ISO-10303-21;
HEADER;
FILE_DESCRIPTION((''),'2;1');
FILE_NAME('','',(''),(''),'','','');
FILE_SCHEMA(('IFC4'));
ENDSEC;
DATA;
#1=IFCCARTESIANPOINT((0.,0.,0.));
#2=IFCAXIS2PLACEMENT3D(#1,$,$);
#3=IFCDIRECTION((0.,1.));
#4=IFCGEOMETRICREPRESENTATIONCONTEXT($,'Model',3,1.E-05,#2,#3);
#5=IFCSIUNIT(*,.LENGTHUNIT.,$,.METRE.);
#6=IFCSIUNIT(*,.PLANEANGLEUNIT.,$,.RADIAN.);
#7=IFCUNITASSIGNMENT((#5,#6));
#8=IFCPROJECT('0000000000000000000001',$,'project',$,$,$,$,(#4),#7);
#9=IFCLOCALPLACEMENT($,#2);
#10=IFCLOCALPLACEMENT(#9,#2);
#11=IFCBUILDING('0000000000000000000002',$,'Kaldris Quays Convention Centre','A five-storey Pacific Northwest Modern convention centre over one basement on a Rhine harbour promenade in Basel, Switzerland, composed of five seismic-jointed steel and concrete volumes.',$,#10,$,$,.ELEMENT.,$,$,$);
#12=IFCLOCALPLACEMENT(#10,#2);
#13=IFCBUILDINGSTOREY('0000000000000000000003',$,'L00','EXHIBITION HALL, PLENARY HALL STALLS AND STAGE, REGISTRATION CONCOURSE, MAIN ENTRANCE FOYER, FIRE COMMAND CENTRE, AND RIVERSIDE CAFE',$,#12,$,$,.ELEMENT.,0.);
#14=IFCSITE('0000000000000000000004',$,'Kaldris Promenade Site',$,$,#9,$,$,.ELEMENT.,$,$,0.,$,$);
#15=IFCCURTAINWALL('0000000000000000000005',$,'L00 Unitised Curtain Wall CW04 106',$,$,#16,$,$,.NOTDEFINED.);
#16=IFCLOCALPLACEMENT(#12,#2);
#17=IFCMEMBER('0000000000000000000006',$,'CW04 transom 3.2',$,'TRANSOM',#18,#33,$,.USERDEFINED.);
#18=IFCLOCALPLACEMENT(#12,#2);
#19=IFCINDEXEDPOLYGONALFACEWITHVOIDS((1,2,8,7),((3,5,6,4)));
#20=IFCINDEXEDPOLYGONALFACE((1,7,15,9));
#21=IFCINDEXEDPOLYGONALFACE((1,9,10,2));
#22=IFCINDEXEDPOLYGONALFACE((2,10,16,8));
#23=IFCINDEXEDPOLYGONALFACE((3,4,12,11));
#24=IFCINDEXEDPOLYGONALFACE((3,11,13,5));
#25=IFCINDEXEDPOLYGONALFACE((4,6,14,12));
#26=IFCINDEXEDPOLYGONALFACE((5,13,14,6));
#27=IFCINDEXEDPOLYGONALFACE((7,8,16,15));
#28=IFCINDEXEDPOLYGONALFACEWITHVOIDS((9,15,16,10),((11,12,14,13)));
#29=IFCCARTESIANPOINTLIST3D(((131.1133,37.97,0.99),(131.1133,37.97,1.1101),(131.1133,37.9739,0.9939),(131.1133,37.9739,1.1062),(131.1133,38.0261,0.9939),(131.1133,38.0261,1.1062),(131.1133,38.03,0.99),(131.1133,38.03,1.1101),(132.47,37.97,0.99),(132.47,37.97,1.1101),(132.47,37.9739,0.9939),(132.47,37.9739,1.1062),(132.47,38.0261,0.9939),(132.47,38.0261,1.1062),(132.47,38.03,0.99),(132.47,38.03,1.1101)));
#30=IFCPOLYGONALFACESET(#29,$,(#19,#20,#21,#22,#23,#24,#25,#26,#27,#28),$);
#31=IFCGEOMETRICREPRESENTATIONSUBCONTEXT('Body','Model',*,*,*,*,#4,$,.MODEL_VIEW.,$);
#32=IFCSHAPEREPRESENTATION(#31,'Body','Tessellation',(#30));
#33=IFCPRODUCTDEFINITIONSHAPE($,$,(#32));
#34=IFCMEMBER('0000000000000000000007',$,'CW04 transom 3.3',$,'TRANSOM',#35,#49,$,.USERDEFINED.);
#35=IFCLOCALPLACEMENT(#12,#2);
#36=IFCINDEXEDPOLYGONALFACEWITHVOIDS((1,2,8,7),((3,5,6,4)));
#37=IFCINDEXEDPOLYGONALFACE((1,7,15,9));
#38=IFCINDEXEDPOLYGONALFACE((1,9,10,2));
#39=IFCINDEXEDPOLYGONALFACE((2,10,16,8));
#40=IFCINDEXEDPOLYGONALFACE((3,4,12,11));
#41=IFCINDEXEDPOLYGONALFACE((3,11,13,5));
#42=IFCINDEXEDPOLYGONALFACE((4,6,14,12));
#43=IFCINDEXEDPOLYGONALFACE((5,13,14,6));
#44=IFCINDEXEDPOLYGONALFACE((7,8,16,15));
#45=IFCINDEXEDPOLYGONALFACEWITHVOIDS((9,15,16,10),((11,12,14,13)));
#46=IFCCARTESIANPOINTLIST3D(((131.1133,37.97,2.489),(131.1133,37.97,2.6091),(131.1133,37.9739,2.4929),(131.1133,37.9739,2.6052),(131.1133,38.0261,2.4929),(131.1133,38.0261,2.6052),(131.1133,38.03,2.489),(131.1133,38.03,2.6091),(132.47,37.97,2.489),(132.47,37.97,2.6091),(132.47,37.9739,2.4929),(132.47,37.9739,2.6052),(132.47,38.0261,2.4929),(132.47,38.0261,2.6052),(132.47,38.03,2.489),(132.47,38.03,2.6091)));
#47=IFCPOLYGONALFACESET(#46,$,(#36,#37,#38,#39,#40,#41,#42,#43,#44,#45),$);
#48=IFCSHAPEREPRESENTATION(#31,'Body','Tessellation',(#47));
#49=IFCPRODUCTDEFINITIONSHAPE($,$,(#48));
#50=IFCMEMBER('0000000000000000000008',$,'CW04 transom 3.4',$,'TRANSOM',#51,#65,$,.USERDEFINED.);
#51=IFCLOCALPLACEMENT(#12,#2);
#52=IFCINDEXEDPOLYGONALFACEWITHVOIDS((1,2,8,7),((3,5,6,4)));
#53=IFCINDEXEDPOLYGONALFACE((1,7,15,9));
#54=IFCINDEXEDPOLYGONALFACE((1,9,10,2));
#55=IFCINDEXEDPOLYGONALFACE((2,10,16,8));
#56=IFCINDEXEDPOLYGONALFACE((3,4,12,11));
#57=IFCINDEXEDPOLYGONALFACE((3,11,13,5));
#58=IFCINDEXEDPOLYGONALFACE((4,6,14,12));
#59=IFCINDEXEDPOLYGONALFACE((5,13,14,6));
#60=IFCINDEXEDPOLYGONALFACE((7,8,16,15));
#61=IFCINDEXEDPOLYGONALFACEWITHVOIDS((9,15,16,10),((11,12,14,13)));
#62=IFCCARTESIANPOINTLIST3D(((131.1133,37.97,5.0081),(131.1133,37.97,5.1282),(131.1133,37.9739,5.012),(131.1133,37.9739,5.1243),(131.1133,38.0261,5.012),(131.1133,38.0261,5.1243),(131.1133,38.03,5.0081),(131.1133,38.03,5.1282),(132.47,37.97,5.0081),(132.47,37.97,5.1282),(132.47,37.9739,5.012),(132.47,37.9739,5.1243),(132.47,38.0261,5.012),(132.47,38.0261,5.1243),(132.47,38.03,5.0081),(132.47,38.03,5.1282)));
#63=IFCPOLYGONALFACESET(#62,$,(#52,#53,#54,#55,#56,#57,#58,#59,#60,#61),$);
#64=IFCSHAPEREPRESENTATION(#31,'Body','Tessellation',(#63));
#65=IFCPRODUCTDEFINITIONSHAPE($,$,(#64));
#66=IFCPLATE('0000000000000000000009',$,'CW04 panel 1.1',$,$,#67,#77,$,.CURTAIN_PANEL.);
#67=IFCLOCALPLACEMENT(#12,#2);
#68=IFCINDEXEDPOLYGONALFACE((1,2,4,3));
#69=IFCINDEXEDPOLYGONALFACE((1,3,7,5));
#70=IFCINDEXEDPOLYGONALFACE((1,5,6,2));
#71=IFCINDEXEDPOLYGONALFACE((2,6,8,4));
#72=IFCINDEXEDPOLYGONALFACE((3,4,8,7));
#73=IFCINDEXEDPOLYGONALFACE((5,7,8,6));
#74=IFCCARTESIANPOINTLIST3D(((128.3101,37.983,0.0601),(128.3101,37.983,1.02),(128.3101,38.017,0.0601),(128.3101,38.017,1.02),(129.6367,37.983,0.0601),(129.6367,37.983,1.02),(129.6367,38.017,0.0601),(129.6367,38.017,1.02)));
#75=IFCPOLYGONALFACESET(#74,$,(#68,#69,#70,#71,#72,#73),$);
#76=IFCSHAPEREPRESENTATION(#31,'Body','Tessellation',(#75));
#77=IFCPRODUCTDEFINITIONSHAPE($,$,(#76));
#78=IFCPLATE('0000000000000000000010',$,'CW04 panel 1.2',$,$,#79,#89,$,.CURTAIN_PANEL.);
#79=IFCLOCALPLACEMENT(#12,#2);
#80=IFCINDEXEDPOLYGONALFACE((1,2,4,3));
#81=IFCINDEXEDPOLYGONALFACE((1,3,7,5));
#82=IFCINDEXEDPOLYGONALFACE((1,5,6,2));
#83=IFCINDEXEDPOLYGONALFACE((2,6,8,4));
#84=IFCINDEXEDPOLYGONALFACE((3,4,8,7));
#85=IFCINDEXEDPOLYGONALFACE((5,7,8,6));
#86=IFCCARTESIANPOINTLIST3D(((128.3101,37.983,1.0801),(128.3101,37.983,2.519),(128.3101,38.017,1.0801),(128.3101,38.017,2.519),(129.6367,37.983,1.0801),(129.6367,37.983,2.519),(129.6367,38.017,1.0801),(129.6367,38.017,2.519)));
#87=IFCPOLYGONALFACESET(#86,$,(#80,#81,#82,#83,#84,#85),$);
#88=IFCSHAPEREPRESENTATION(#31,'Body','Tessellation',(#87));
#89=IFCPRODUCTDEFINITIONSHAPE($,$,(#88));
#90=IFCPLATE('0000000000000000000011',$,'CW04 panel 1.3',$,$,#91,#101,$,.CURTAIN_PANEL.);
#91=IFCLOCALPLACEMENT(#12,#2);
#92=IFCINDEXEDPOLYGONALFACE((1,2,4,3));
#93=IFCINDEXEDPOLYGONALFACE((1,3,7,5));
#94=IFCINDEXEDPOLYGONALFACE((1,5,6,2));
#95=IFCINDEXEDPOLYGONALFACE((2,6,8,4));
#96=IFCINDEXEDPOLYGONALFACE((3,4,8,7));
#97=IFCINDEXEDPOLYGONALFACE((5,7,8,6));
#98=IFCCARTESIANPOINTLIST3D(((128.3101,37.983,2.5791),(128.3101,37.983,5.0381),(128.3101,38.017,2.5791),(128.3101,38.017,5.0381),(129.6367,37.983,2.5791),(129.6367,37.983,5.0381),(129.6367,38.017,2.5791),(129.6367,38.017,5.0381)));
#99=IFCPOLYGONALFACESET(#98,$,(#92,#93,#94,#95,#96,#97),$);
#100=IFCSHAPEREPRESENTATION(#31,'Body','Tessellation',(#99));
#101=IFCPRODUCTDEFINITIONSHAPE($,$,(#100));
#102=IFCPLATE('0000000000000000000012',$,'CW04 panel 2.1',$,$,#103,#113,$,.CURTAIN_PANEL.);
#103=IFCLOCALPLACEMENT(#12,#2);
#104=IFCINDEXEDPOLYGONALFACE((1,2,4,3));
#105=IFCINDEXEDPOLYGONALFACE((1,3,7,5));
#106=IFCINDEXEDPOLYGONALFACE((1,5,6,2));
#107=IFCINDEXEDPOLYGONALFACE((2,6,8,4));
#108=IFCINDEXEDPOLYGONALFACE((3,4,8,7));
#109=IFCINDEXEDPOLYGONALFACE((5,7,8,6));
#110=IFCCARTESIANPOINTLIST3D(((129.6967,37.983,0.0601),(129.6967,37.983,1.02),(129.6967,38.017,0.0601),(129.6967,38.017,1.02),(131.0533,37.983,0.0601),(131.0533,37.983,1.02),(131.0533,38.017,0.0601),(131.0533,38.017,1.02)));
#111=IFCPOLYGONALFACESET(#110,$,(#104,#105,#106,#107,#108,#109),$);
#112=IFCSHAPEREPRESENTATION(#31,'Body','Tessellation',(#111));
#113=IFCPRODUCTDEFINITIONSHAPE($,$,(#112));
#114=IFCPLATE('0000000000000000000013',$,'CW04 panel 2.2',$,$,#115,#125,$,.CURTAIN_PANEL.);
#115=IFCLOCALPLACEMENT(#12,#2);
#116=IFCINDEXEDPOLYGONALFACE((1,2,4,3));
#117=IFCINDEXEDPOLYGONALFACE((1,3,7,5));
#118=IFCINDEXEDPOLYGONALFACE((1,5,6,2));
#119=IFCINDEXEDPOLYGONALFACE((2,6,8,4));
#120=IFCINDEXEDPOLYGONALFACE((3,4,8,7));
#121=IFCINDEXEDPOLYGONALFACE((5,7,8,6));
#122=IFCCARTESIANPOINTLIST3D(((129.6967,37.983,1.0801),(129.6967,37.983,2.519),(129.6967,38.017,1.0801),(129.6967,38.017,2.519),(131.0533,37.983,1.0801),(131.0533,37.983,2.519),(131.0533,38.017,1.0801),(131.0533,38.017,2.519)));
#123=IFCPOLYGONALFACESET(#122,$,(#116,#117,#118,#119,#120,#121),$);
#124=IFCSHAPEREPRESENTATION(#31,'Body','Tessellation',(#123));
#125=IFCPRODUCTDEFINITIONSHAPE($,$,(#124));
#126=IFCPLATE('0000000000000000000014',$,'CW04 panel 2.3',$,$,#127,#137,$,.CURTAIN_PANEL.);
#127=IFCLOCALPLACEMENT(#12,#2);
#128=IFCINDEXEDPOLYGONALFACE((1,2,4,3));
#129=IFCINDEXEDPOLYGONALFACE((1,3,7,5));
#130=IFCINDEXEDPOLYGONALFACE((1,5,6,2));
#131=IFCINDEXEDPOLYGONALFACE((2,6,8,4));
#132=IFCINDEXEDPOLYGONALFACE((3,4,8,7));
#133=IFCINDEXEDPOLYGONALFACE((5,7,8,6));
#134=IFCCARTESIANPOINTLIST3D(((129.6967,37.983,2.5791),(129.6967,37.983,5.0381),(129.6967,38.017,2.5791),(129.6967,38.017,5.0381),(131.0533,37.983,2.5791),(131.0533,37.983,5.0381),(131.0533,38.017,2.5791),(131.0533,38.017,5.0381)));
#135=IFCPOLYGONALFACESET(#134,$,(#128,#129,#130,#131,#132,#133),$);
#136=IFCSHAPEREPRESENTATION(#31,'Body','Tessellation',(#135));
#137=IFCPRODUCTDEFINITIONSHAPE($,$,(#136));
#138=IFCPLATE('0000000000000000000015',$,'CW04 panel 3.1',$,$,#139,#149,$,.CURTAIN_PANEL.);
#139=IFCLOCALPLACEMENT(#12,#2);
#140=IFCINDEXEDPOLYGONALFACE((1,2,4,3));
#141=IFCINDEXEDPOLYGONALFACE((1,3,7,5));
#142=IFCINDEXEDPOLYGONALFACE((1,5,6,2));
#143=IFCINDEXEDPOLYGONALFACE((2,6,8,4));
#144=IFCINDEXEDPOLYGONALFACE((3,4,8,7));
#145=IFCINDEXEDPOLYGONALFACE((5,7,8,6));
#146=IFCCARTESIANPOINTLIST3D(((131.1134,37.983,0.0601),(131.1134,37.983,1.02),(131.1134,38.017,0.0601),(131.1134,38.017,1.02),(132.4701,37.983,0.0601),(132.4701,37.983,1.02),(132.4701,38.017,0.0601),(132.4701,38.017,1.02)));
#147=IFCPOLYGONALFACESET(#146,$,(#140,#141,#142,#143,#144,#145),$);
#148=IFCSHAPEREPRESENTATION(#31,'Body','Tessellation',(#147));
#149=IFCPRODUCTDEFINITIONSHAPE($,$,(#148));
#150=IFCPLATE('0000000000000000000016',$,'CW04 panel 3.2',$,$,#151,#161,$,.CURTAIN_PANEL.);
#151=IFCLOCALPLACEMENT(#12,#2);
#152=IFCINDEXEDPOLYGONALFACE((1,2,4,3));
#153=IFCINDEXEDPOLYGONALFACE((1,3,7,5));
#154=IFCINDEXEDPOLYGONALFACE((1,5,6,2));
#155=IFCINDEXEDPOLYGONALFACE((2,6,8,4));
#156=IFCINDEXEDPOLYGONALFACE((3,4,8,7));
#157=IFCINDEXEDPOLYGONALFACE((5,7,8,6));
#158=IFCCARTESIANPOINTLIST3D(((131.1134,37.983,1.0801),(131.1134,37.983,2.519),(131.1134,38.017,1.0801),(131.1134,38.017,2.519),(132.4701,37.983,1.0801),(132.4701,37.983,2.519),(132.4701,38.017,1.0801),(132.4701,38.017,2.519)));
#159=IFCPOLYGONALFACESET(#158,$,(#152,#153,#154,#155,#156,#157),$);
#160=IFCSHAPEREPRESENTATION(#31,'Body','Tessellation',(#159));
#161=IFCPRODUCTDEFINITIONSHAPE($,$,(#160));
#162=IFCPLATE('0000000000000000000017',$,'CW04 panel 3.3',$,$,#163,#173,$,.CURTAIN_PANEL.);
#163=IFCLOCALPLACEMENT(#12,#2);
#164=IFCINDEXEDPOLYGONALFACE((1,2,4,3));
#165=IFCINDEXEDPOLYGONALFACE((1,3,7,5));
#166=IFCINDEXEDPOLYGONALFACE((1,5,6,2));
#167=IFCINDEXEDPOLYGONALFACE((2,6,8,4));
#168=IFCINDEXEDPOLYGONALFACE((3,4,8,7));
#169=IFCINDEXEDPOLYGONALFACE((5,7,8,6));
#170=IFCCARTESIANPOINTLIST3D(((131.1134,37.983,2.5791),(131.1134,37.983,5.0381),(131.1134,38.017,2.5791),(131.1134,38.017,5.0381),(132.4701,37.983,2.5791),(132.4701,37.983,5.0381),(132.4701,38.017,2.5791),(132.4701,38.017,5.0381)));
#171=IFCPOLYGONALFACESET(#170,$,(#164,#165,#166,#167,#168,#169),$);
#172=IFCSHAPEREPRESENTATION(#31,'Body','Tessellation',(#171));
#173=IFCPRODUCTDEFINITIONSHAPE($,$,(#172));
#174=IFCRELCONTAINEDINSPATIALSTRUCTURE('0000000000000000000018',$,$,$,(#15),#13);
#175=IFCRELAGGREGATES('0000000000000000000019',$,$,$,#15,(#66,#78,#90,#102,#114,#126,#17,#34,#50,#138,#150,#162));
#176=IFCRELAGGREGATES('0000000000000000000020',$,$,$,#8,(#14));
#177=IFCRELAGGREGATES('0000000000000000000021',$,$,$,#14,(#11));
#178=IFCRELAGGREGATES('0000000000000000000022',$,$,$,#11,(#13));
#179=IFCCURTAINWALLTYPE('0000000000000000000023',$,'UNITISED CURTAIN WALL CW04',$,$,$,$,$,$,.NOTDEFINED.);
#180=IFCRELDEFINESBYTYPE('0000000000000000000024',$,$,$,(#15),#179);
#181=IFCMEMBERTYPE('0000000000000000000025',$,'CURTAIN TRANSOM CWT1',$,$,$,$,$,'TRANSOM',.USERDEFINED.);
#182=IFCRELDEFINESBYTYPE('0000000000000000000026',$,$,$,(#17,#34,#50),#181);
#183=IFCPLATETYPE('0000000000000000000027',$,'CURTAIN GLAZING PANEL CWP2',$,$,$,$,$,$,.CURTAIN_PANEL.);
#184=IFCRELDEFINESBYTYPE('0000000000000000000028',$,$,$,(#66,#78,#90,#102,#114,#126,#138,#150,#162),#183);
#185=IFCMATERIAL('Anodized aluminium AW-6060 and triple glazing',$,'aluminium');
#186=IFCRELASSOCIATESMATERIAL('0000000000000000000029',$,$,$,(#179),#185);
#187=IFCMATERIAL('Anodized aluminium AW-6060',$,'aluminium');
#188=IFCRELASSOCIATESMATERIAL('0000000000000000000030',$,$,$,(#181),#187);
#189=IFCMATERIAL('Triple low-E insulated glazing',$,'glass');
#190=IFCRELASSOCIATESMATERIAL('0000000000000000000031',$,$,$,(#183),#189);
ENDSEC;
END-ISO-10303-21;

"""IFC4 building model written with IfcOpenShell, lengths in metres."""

from ifc_helpers import new_model, si_unit, direction, frame, origin, origin_2d, place, context, subcontext, project, spatial, rectangle, hollow_rectangle, extrude, material, material_profile, profile_set, type_object, element, aggregate, save


model = new_model("IFC4")

# Units and contexts
model_context = context("Model", 3, precision=1e-05, world=origin(), true_north=direction((0.0, 1.0)))
body_context = subcontext(model_context, "Body", "Model", "MODEL_VIEW")
ifc_project = project(units=[si_unit("LENGTHUNIT", "METRE"), si_unit("PLANEANGLEUNIT", "RADIAN")], contexts=[model_context])

# Site, building, storey
site_placement = place(None, origin())
site = spatial("IfcSite", under=ifc_project, at=site_placement, Name="Kaldris Promenade Site", CompositionType="ELEMENT", RefElevation=0.0)
building_placement = place(site_placement, origin())
building = spatial("IfcBuilding", under=site, at=building_placement, Name="Kaldris Quays Convention Centre", Description="A five-storey Pacific Northwest Modern convention centre over one basement on a Rhine harbour promenade in Basel, Switzerland, composed of five seismic-jointed steel and concrete volumes.", CompositionType="ELEMENT")
storey_placement = place(building_placement, origin())
storey = spatial("IfcBuildingStorey", under=building, at=storey_placement, Name="L00", Description="EXHIBITION HALL, PLENARY HALL STALLS AND STAGE, REGISTRATION CONCOURSE, MAIN ENTRANCE FOYER, FIRE COMMAND CENTRE, AND RIVERSIDE CAFE", CompositionType="ELEMENT", Elevation=0.0)

# Curtain wall, members, plates
ifc_material_1 = material(Name="Anodized aluminium AW-6060 and triple glazing", Category="aluminium")
curtain_wall_type = type_object("IfcCurtainWallType", Name="UNITISED CURTAIN WALL CW04", PredefinedType="NOTDEFINED", material=ifc_material_1)
curtain_wall_placement = place(storey_placement, origin())
curtain_wall = element("IfcCurtainWall", 1, at=curtain_wall_placement, inside=storey, type_object=curtain_wall_type, Name="L00 Unitised Curtain Wall CW04 106", PredefinedType="NOTDEFINED")
ifc_material_2 = material(Name="Anodized aluminium AW-6060", Category="aluminium")
ifc_material_profile_1 = material_profile(ifc_material_2, hollow_rectangle(XDim=0.0601, YDim=0.1201, WallThickness=0.0039, at=origin_2d()), Name="RHS 120x60x4")
ifc_profile_set_1 = profile_set([ifc_material_profile_1], Name="Anodized aluminium AW-6060")
member_type_1 = type_object("IfcMemberType", Name="CURTAIN TRANSOM CWT1", ElementType="TRANSOM", PredefinedType="USERDEFINED", material=ifc_profile_set_1)
member_1_placement = place(storey_placement, frame((131.1133, 38.0, 1.05), z_axis=(1.0, 0.0, 0.0), x_axis=(0.0, 1.0, 0.0)))
member_1 = element("IfcMember", 2, at=member_1_placement, type_object=member_type_1, Name="CW04 transom 3.2", ObjectType="TRANSOM", PredefinedType="USERDEFINED", context=body_context, shape_type="SweptSolid", body=[
    extrude(hollow_rectangle(XDim=0.0601, YDim=0.1201, WallThickness=0.0039, at=origin_2d()), origin(), (0.0, 0.0, 1.0), 1.3567),
])
member_2_placement = place(storey_placement, frame((131.1133, 38.0, 2.5491), z_axis=(1.0, 0.0, 0.0), x_axis=(0.0, 1.0, 0.0)))
member_2 = element("IfcMember", 3, at=member_2_placement, type_object=member_type_1, Name="CW04 transom 3.3", ObjectType="TRANSOM", PredefinedType="USERDEFINED", context=body_context, shape_type="SweptSolid", body=[
    extrude(hollow_rectangle(XDim=0.0601, YDim=0.1201, WallThickness=0.0039, at=origin_2d()), origin(), (0.0, 0.0, 1.0), 1.3567),
])
member_3_placement = place(storey_placement, frame((131.1133, 38.0, 5.0681), z_axis=(1.0, 0.0, 0.0), x_axis=(0.0, 1.0, 0.0)))
member_3 = element("IfcMember", 4, at=member_3_placement, type_object=member_type_1, Name="CW04 transom 3.4", ObjectType="TRANSOM", PredefinedType="USERDEFINED", context=body_context, shape_type="SweptSolid", body=[
    extrude(hollow_rectangle(XDim=0.0601, YDim=0.1201, WallThickness=0.0039, at=origin_2d()), origin(), (0.0, 0.0, 1.0), 1.3567),
])
ifc_material_3 = material(Name="Triple low-E insulated glazing", Category="glass")
plate_type = type_object("IfcPlateType", Name="CURTAIN GLAZING PANEL CWP2", PredefinedType="CURTAIN_PANEL", material=ifc_material_3)
plate_1_placement = place(storey_placement, frame((128.9734, 38.0, 0.0601), z_axis=(0.0, 0.0, 1.0), x_axis=(1.0, 0.0, 0.0)))
plate_1 = element("IfcPlate", 5, at=plate_1_placement, type_object=plate_type, Name="CW04 panel 1.1", PredefinedType="CURTAIN_PANEL", context=body_context, shape_type="SweptSolid", body=[
    extrude(rectangle(XDim=1.3267, YDim=0.0339, at=origin_2d()), origin(), (0.0, 0.0, 1.0), 0.96),
])
plate_2_placement = place(storey_placement, frame((128.9734, 38.0, 1.0801), z_axis=(0.0, 0.0, 1.0), x_axis=(1.0, 0.0, 0.0)))
plate_2 = element("IfcPlate", 6, at=plate_2_placement, type_object=plate_type, Name="CW04 panel 1.2", PredefinedType="CURTAIN_PANEL", context=body_context, shape_type="SweptSolid", body=[
    extrude(rectangle(XDim=1.3267, YDim=0.0339, at=origin_2d()), origin(), (0.0, 0.0, 1.0), 1.439),
])
plate_3_placement = place(storey_placement, frame((128.9734, 38.0, 2.5791), z_axis=(0.0, 0.0, 1.0), x_axis=(1.0, 0.0, 0.0)))
plate_3 = element("IfcPlate", 7, at=plate_3_placement, type_object=plate_type, Name="CW04 panel 1.3", PredefinedType="CURTAIN_PANEL", context=body_context, shape_type="SweptSolid", body=[
    extrude(rectangle(XDim=1.3267, YDim=0.0339, at=origin_2d()), origin(), (0.0, 0.0, 1.0), 2.459),
])
plate_4_placement = place(storey_placement, frame((130.375, 38.0, 0.0601), z_axis=(0.0, 0.0, 1.0), x_axis=(1.0, 0.0, 0.0)))
plate_4 = element("IfcPlate", 8, at=plate_4_placement, type_object=plate_type, Name="CW04 panel 2.1", PredefinedType="CURTAIN_PANEL", context=body_context, shape_type="SweptSolid", body=[
    extrude(rectangle(XDim=1.3567, YDim=0.0339, at=origin_2d()), origin(), (0.0, 0.0, 1.0), 0.96),
])
plate_5_placement = place(storey_placement, frame((130.375, 38.0, 1.0801), z_axis=(0.0, 0.0, 1.0), x_axis=(1.0, 0.0, 0.0)))
plate_5 = element("IfcPlate", 9, at=plate_5_placement, type_object=plate_type, Name="CW04 panel 2.2", PredefinedType="CURTAIN_PANEL", context=body_context, shape_type="SweptSolid", body=[
    extrude(rectangle(XDim=1.3567, YDim=0.0339, at=origin_2d()), origin(), (0.0, 0.0, 1.0), 1.439),
])
plate_6_placement = place(storey_placement, frame((130.375, 38.0, 2.5791), z_axis=(0.0, 0.0, 1.0), x_axis=(1.0, 0.0, 0.0)))
plate_6 = element("IfcPlate", 10, at=plate_6_placement, type_object=plate_type, Name="CW04 panel 2.3", PredefinedType="CURTAIN_PANEL", context=body_context, shape_type="SweptSolid", body=[
    extrude(rectangle(XDim=1.3567, YDim=0.0339, at=origin_2d()), origin(), (0.0, 0.0, 1.0), 2.459),
])
plate_7_placement = place(storey_placement, frame((131.7917, 38.0, 0.0601), z_axis=(0.0, 0.0, 1.0), x_axis=(1.0, 0.0, 0.0)))
plate_7 = element("IfcPlate", 11, at=plate_7_placement, type_object=plate_type, Name="CW04 panel 3.1", PredefinedType="CURTAIN_PANEL", context=body_context, shape_type="SweptSolid", body=[
    extrude(rectangle(XDim=1.3567, YDim=0.0339, at=origin_2d()), origin(), (0.0, 0.0, 1.0), 0.96),
])
plate_8_placement = place(storey_placement, frame((131.7917, 38.0, 1.0801), z_axis=(0.0, 0.0, 1.0), x_axis=(1.0, 0.0, 0.0)))
plate_8 = element("IfcPlate", 12, at=plate_8_placement, type_object=plate_type, Name="CW04 panel 3.2", PredefinedType="CURTAIN_PANEL", context=body_context, shape_type="SweptSolid", body=[
    extrude(rectangle(XDim=1.3567, YDim=0.0339, at=origin_2d()), origin(), (0.0, 0.0, 1.0), 1.439),
])
plate_9_placement = place(storey_placement, frame((131.7917, 38.0, 2.5791), z_axis=(0.0, 0.0, 1.0), x_axis=(1.0, 0.0, 0.0)))
plate_9 = element("IfcPlate", 13, at=plate_9_placement, type_object=plate_type, Name="CW04 panel 3.3", PredefinedType="CURTAIN_PANEL", context=body_context, shape_type="SweptSolid", body=[
    extrude(rectangle(XDim=1.3567, YDim=0.0339, at=origin_2d()), origin(), (0.0, 0.0, 1.0), 2.459),
])
aggregate(curtain_wall, [plate_1, plate_2, plate_3, plate_4, plate_5, plate_6, member_1, member_2, member_3, plate_7, plate_8, plate_9])

save(model, "model.ifc")
